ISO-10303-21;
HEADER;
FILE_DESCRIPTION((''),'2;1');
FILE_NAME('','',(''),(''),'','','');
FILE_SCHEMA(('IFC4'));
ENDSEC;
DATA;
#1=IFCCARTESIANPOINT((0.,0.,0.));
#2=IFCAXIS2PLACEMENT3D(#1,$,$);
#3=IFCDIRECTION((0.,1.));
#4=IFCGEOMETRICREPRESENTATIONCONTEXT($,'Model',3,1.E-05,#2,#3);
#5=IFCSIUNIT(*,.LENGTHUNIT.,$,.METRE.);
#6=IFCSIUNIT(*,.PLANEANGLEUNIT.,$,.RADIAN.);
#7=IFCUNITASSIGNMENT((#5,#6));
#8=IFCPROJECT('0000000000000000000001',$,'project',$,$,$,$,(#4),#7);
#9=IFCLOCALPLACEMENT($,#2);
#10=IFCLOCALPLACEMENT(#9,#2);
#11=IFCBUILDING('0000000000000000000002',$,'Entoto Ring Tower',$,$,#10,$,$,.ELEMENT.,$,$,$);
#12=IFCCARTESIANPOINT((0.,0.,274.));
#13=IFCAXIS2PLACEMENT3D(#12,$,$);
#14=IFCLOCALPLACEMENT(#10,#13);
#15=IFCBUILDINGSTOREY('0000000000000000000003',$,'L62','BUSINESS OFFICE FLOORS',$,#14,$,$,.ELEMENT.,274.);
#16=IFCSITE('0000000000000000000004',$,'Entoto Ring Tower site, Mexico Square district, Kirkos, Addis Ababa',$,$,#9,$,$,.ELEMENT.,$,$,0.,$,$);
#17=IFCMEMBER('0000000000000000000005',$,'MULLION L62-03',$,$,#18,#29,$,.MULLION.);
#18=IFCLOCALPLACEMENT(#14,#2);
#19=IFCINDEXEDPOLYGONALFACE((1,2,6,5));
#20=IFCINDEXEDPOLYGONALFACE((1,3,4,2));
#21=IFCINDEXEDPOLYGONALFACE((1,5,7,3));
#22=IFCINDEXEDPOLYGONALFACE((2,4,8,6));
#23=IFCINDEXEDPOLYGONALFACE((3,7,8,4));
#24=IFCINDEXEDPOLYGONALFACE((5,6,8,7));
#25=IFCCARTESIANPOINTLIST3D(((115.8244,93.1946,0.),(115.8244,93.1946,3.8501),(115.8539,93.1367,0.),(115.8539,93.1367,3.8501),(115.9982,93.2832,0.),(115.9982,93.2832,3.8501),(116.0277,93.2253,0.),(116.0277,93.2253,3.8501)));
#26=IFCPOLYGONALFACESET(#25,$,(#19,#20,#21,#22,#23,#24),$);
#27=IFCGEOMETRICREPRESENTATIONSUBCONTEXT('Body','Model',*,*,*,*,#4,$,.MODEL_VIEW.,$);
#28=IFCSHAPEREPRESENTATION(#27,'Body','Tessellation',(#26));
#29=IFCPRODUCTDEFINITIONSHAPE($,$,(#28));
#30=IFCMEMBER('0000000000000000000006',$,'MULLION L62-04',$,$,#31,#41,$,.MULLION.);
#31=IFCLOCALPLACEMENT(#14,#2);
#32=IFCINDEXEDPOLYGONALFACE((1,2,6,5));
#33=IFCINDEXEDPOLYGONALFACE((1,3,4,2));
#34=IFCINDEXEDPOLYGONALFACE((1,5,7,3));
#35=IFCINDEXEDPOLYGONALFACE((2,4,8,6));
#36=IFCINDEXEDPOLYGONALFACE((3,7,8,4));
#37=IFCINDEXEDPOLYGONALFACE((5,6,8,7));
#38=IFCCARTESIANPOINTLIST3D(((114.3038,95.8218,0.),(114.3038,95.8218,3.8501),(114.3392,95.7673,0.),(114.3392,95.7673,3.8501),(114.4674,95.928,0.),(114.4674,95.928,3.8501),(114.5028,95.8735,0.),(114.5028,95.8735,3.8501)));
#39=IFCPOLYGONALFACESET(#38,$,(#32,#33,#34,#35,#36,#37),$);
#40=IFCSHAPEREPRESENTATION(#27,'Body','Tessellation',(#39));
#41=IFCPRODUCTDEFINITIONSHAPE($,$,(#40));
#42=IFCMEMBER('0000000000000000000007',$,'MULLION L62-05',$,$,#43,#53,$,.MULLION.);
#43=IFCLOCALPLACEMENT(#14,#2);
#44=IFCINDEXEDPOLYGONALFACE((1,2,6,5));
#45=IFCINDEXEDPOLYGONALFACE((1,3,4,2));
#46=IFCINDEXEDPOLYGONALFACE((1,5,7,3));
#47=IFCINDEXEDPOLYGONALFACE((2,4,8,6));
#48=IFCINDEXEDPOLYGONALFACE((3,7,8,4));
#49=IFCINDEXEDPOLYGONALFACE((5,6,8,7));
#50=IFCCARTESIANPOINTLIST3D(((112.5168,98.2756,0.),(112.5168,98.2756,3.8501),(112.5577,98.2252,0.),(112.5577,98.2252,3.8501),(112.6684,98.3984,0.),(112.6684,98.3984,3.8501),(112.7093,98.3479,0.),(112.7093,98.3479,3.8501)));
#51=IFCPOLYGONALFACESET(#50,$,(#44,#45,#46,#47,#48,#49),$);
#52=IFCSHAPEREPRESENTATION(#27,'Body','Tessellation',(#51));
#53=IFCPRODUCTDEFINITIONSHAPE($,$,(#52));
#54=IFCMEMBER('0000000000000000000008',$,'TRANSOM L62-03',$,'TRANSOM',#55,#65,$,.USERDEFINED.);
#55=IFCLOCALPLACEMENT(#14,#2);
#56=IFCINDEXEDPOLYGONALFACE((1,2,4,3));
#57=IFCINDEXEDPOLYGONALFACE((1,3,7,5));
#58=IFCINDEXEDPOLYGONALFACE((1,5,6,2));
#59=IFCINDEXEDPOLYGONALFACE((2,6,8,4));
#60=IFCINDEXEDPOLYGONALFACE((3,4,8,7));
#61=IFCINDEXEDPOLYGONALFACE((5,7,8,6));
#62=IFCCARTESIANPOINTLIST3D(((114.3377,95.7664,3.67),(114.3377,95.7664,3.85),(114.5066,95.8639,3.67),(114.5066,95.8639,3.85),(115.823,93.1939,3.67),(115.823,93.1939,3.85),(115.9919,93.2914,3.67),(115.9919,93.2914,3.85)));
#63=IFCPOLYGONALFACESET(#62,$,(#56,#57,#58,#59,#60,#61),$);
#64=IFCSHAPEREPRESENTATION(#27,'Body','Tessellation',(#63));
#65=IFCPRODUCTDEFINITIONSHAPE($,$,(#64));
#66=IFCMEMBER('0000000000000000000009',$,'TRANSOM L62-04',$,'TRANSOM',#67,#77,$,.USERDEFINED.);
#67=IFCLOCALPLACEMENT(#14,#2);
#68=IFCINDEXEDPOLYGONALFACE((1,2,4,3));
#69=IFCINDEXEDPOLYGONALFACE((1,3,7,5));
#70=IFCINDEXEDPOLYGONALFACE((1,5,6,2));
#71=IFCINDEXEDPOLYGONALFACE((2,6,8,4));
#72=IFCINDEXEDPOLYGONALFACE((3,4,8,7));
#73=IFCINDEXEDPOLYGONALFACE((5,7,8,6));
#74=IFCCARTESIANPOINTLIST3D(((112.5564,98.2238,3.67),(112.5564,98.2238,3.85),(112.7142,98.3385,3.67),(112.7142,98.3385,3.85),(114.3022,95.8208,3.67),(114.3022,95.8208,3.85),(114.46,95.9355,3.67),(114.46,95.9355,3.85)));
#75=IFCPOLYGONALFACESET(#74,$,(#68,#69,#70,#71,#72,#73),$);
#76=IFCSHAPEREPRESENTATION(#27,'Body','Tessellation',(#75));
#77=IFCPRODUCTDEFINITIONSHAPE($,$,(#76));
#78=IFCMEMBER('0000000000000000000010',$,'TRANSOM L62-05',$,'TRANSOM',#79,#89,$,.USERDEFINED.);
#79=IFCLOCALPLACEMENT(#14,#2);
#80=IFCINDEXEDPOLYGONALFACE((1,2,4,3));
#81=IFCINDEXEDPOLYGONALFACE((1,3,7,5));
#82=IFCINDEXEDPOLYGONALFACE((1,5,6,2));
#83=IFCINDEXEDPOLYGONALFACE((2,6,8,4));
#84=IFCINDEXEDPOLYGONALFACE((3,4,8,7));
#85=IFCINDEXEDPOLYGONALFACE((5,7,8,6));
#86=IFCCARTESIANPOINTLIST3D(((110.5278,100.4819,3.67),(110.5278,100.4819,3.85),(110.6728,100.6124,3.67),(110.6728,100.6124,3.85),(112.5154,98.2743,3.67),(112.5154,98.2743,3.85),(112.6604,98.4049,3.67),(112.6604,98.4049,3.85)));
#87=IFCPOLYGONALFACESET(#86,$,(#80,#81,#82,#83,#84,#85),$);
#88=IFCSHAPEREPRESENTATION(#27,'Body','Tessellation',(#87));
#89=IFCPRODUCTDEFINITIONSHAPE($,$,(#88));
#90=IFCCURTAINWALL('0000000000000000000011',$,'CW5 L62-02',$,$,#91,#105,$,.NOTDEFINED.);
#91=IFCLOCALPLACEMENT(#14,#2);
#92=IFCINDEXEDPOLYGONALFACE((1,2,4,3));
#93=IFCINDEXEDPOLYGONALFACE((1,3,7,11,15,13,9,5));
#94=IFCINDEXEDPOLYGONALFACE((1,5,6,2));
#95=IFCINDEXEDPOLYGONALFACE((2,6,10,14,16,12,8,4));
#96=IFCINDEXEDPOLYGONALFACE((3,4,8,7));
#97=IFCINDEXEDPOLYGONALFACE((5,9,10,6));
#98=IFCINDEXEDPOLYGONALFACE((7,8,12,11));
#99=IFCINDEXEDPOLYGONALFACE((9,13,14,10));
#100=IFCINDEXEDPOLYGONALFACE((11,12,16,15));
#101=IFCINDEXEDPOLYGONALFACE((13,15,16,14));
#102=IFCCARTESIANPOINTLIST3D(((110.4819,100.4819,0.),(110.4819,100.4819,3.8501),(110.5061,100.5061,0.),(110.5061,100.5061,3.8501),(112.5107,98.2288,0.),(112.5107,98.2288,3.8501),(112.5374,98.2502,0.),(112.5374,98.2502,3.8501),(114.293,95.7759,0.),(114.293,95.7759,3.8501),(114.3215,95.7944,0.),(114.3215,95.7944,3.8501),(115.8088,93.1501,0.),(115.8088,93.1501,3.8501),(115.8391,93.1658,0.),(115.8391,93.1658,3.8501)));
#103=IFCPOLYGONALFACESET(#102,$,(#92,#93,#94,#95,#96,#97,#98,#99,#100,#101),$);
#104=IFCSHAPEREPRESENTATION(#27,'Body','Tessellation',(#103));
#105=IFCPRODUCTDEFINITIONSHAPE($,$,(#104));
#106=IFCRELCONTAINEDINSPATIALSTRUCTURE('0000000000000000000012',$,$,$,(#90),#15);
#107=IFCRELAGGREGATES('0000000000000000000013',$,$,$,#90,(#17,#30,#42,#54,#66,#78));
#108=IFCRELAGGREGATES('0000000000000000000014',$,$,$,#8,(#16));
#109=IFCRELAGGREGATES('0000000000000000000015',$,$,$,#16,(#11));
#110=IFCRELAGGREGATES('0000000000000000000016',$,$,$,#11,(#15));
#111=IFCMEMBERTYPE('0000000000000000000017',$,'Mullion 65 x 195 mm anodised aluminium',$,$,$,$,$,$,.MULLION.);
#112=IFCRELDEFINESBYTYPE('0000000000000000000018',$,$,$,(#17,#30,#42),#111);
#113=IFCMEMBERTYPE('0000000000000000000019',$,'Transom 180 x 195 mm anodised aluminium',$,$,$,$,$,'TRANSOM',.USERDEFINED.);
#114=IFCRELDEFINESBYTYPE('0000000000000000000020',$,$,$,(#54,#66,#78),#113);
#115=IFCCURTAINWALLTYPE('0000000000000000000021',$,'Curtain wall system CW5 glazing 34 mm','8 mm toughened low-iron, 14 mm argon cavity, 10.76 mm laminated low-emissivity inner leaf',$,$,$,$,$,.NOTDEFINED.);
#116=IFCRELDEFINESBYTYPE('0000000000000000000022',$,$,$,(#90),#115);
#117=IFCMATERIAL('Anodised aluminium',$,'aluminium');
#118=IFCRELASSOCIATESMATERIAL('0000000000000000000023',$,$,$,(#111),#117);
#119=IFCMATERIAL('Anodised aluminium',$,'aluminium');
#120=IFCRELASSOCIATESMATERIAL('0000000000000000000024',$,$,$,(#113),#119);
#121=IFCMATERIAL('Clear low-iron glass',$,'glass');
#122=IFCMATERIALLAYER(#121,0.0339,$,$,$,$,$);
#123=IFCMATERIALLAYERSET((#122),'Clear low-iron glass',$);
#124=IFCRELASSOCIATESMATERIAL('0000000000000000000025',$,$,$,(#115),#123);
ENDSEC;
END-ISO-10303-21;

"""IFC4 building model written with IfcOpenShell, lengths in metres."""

from ifc_helpers import new_model, si_unit, direction, frame, origin, origin_2d, place, context, subcontext, project, spatial, polyline, rectangle, outline, extrude, material, layer, layer_set, material_profile, profile_set, type_object, element, aggregate, save


model = new_model("IFC4")

# Units and contexts
model_context = context("Model", 3, precision=1e-05, world=origin(), true_north=direction((0.0, 1.0)))
body_context = subcontext(model_context, "Body", "Model", "MODEL_VIEW")
ifc_project = project(units=[si_unit("LENGTHUNIT", "METRE"), si_unit("PLANEANGLEUNIT", "RADIAN")], contexts=[model_context])

# Members
ifc_material_1 = material(Name="Anodised aluminium", Category="aluminium")
ifc_material_profile_1 = material_profile(ifc_material_1, rectangle(XDim=0.0649, YDim=0.1951, at=origin_2d()), Name="Mullion 65 x 195 mm anodised aluminium")
ifc_profile_set_1 = profile_set([ifc_material_profile_1], Name="Anodised aluminium")
member_type_1 = type_object("IfcMemberType", Name="Mullion 65 x 195 mm anodised aluminium", PredefinedType="MULLION", material=ifc_profile_set_1)
site_placement = place(None, origin())
building_placement = place(site_placement, origin())
storey_placement = place(building_placement, frame((0.0, 0.0, 274.0)))
member_1_placement = place(storey_placement, frame((115.926, 93.21, 0.0), z_axis=(0.0, 0.0, 1.0), x_axis=(-0.45399, 0.891007, 0.0)))
member_1 = element("IfcMember", 1, at=member_1_placement, type_object=member_type_1, Name="MULLION L62-03", PredefinedType="MULLION", context=body_context, shape_type="SweptSolid", body=[
    extrude(rectangle(XDim=0.0649, YDim=0.1951, at=origin_2d()), origin(), (0.0, 0.0, 1.0), 3.8501),
])
member_2_placement = place(storey_placement, frame((114.4033, 95.8477, 0.0), z_axis=(0.0, 0.0, 1.0), x_axis=(-0.544639, 0.838671, 0.0)))
member_2 = element("IfcMember", 2, at=member_2_placement, type_object=member_type_1, Name="MULLION L62-04", PredefinedType="MULLION", context=body_context, shape_type="SweptSolid", body=[
    extrude(rectangle(XDim=0.0649, YDim=0.1951, at=origin_2d()), origin(), (0.0, 0.0, 1.0), 3.8501),
])
member_3_placement = place(storey_placement, frame((112.613, 98.3118, 0.0), z_axis=(0.0, 0.0, 1.0), x_axis=(-0.62932, 0.777146, 0.0)))
member_3 = element("IfcMember", 3, at=member_3_placement, type_object=member_type_1, Name="MULLION L62-05", PredefinedType="MULLION", context=body_context, shape_type="SweptSolid", body=[
    extrude(rectangle(XDim=0.0649, YDim=0.1951, at=origin_2d()), origin(), (0.0, 0.0, 1.0), 3.8501),
])
ifc_material_2 = material(Name="Anodised aluminium", Category="aluminium")
ifc_material_profile_2 = material_profile(ifc_material_2, rectangle(XDim=0.1951, YDim=0.1799, at=origin_2d()), Name="Transom 180 x 195 mm anodised aluminium")
ifc_profile_set_2 = profile_set([ifc_material_profile_2], Name="Anodised aluminium")
member_type_2 = type_object("IfcMemberType", Name="Transom 180 x 195 mm anodised aluminium", ElementType="TRANSOM", PredefinedType="USERDEFINED", material=ifc_profile_set_2)
member_4_placement = place(storey_placement, frame((115.9075, 93.2427, 3.76), z_axis=(-0.500028, 0.866009, 0.0), x_axis=(-0.866009, -0.500028, 0.0)))
member_4 = element("IfcMember", 4, at=member_4_placement, type_object=member_type_2, Name="TRANSOM L62-03", ObjectType="TRANSOM", PredefinedType="USERDEFINED", context=body_context, shape_type="SweptSolid", body=[
    extrude(rectangle(XDim=0.1951, YDim=0.1799, at=origin_2d()), origin(), (0.0, 0.0, 1.0), 2.9705),
])
member_5_placement = place(storey_placement, frame((114.3811, 95.8782, 3.76), z_axis=(-0.587766, 0.809031, 0.0), x_axis=(-0.809031, -0.587766, 0.0)))
member_5 = element("IfcMember", 5, at=member_5_placement, type_object=member_type_2, Name="TRANSOM L62-04", ObjectType="TRANSOM", PredefinedType="USERDEFINED", context=body_context, shape_type="SweptSolid", body=[
    extrude(rectangle(XDim=0.1951, YDim=0.1799, at=origin_2d()), origin(), (0.0, 0.0, 1.0), 2.9702),
])
member_6_placement = place(storey_placement, frame((112.5879, 98.3396, 3.76), z_axis=(-0.66911, 0.743163, 0.0), x_axis=(-0.743163, -0.66911, 0.0)))
member_6 = element("IfcMember", 6, at=member_6_placement, type_object=member_type_2, Name="TRANSOM L62-05", ObjectType="TRANSOM", PredefinedType="USERDEFINED", context=body_context, shape_type="SweptSolid", body=[
    extrude(rectangle(XDim=0.1951, YDim=0.1799, at=origin_2d()), origin(), (0.0, 0.0, 1.0), 2.9705),
])

# Site, building, storey
site = spatial("IfcSite", under=ifc_project, at=site_placement, Name="Entoto Ring Tower site, Mexico Square district, Kirkos, Addis Ababa", CompositionType="ELEMENT", RefElevation=0.0)
building = spatial("IfcBuilding", under=site, at=building_placement, Name="Entoto Ring Tower", CompositionType="ELEMENT")
storey = spatial("IfcBuildingStorey", under=building, at=storey_placement, Name="L62", Description="BUSINESS OFFICE FLOORS", CompositionType="ELEMENT", Elevation=274.0)

# Curtain wall
ifc_material_3 = material(Name="Clear low-iron glass", Category="glass")
ifc_layer_1 = layer(ifc_material_3, 0.0339)
ifc_layer_set_1 = layer_set([ifc_layer_1], Name="Clear low-iron glass")
curtain_wall_type = type_object("IfcCurtainWallType", Name="Curtain wall system CW5 glazing 34 mm", Description="8 mm toughened low-iron, 14 mm argon cavity, 10.76 mm laminated low-emissivity inner leaf", PredefinedType="NOTDEFINED", material=ifc_layer_set_1)
curtain_wall_1_placement = place(storey_placement, origin())
curtain_wall_1 = element("IfcCurtainWall", 7, at=curtain_wall_1_placement, inside=storey, type_object=curtain_wall_type, Name="CW5 L62-02", PredefinedType="NOTDEFINED", context=body_context, shape_type="SweptSolid", body=[
    extrude(outline(polyline([(115.8391, 93.1658), (114.3215, 95.7944), (112.5374, 98.2502), (110.5061, 100.5061), (110.4819, 100.4819), (112.5107, 98.2288), (114.293, 95.7759), (115.8088, 93.1501), (115.8391, 93.1658)])), origin(), (0.0, 0.0, 1.0), 3.8501),
])
aggregate(curtain_wall_1, [member_1, member_2, member_3, member_4, member_5, member_6])

save(model, "model.ifc")
